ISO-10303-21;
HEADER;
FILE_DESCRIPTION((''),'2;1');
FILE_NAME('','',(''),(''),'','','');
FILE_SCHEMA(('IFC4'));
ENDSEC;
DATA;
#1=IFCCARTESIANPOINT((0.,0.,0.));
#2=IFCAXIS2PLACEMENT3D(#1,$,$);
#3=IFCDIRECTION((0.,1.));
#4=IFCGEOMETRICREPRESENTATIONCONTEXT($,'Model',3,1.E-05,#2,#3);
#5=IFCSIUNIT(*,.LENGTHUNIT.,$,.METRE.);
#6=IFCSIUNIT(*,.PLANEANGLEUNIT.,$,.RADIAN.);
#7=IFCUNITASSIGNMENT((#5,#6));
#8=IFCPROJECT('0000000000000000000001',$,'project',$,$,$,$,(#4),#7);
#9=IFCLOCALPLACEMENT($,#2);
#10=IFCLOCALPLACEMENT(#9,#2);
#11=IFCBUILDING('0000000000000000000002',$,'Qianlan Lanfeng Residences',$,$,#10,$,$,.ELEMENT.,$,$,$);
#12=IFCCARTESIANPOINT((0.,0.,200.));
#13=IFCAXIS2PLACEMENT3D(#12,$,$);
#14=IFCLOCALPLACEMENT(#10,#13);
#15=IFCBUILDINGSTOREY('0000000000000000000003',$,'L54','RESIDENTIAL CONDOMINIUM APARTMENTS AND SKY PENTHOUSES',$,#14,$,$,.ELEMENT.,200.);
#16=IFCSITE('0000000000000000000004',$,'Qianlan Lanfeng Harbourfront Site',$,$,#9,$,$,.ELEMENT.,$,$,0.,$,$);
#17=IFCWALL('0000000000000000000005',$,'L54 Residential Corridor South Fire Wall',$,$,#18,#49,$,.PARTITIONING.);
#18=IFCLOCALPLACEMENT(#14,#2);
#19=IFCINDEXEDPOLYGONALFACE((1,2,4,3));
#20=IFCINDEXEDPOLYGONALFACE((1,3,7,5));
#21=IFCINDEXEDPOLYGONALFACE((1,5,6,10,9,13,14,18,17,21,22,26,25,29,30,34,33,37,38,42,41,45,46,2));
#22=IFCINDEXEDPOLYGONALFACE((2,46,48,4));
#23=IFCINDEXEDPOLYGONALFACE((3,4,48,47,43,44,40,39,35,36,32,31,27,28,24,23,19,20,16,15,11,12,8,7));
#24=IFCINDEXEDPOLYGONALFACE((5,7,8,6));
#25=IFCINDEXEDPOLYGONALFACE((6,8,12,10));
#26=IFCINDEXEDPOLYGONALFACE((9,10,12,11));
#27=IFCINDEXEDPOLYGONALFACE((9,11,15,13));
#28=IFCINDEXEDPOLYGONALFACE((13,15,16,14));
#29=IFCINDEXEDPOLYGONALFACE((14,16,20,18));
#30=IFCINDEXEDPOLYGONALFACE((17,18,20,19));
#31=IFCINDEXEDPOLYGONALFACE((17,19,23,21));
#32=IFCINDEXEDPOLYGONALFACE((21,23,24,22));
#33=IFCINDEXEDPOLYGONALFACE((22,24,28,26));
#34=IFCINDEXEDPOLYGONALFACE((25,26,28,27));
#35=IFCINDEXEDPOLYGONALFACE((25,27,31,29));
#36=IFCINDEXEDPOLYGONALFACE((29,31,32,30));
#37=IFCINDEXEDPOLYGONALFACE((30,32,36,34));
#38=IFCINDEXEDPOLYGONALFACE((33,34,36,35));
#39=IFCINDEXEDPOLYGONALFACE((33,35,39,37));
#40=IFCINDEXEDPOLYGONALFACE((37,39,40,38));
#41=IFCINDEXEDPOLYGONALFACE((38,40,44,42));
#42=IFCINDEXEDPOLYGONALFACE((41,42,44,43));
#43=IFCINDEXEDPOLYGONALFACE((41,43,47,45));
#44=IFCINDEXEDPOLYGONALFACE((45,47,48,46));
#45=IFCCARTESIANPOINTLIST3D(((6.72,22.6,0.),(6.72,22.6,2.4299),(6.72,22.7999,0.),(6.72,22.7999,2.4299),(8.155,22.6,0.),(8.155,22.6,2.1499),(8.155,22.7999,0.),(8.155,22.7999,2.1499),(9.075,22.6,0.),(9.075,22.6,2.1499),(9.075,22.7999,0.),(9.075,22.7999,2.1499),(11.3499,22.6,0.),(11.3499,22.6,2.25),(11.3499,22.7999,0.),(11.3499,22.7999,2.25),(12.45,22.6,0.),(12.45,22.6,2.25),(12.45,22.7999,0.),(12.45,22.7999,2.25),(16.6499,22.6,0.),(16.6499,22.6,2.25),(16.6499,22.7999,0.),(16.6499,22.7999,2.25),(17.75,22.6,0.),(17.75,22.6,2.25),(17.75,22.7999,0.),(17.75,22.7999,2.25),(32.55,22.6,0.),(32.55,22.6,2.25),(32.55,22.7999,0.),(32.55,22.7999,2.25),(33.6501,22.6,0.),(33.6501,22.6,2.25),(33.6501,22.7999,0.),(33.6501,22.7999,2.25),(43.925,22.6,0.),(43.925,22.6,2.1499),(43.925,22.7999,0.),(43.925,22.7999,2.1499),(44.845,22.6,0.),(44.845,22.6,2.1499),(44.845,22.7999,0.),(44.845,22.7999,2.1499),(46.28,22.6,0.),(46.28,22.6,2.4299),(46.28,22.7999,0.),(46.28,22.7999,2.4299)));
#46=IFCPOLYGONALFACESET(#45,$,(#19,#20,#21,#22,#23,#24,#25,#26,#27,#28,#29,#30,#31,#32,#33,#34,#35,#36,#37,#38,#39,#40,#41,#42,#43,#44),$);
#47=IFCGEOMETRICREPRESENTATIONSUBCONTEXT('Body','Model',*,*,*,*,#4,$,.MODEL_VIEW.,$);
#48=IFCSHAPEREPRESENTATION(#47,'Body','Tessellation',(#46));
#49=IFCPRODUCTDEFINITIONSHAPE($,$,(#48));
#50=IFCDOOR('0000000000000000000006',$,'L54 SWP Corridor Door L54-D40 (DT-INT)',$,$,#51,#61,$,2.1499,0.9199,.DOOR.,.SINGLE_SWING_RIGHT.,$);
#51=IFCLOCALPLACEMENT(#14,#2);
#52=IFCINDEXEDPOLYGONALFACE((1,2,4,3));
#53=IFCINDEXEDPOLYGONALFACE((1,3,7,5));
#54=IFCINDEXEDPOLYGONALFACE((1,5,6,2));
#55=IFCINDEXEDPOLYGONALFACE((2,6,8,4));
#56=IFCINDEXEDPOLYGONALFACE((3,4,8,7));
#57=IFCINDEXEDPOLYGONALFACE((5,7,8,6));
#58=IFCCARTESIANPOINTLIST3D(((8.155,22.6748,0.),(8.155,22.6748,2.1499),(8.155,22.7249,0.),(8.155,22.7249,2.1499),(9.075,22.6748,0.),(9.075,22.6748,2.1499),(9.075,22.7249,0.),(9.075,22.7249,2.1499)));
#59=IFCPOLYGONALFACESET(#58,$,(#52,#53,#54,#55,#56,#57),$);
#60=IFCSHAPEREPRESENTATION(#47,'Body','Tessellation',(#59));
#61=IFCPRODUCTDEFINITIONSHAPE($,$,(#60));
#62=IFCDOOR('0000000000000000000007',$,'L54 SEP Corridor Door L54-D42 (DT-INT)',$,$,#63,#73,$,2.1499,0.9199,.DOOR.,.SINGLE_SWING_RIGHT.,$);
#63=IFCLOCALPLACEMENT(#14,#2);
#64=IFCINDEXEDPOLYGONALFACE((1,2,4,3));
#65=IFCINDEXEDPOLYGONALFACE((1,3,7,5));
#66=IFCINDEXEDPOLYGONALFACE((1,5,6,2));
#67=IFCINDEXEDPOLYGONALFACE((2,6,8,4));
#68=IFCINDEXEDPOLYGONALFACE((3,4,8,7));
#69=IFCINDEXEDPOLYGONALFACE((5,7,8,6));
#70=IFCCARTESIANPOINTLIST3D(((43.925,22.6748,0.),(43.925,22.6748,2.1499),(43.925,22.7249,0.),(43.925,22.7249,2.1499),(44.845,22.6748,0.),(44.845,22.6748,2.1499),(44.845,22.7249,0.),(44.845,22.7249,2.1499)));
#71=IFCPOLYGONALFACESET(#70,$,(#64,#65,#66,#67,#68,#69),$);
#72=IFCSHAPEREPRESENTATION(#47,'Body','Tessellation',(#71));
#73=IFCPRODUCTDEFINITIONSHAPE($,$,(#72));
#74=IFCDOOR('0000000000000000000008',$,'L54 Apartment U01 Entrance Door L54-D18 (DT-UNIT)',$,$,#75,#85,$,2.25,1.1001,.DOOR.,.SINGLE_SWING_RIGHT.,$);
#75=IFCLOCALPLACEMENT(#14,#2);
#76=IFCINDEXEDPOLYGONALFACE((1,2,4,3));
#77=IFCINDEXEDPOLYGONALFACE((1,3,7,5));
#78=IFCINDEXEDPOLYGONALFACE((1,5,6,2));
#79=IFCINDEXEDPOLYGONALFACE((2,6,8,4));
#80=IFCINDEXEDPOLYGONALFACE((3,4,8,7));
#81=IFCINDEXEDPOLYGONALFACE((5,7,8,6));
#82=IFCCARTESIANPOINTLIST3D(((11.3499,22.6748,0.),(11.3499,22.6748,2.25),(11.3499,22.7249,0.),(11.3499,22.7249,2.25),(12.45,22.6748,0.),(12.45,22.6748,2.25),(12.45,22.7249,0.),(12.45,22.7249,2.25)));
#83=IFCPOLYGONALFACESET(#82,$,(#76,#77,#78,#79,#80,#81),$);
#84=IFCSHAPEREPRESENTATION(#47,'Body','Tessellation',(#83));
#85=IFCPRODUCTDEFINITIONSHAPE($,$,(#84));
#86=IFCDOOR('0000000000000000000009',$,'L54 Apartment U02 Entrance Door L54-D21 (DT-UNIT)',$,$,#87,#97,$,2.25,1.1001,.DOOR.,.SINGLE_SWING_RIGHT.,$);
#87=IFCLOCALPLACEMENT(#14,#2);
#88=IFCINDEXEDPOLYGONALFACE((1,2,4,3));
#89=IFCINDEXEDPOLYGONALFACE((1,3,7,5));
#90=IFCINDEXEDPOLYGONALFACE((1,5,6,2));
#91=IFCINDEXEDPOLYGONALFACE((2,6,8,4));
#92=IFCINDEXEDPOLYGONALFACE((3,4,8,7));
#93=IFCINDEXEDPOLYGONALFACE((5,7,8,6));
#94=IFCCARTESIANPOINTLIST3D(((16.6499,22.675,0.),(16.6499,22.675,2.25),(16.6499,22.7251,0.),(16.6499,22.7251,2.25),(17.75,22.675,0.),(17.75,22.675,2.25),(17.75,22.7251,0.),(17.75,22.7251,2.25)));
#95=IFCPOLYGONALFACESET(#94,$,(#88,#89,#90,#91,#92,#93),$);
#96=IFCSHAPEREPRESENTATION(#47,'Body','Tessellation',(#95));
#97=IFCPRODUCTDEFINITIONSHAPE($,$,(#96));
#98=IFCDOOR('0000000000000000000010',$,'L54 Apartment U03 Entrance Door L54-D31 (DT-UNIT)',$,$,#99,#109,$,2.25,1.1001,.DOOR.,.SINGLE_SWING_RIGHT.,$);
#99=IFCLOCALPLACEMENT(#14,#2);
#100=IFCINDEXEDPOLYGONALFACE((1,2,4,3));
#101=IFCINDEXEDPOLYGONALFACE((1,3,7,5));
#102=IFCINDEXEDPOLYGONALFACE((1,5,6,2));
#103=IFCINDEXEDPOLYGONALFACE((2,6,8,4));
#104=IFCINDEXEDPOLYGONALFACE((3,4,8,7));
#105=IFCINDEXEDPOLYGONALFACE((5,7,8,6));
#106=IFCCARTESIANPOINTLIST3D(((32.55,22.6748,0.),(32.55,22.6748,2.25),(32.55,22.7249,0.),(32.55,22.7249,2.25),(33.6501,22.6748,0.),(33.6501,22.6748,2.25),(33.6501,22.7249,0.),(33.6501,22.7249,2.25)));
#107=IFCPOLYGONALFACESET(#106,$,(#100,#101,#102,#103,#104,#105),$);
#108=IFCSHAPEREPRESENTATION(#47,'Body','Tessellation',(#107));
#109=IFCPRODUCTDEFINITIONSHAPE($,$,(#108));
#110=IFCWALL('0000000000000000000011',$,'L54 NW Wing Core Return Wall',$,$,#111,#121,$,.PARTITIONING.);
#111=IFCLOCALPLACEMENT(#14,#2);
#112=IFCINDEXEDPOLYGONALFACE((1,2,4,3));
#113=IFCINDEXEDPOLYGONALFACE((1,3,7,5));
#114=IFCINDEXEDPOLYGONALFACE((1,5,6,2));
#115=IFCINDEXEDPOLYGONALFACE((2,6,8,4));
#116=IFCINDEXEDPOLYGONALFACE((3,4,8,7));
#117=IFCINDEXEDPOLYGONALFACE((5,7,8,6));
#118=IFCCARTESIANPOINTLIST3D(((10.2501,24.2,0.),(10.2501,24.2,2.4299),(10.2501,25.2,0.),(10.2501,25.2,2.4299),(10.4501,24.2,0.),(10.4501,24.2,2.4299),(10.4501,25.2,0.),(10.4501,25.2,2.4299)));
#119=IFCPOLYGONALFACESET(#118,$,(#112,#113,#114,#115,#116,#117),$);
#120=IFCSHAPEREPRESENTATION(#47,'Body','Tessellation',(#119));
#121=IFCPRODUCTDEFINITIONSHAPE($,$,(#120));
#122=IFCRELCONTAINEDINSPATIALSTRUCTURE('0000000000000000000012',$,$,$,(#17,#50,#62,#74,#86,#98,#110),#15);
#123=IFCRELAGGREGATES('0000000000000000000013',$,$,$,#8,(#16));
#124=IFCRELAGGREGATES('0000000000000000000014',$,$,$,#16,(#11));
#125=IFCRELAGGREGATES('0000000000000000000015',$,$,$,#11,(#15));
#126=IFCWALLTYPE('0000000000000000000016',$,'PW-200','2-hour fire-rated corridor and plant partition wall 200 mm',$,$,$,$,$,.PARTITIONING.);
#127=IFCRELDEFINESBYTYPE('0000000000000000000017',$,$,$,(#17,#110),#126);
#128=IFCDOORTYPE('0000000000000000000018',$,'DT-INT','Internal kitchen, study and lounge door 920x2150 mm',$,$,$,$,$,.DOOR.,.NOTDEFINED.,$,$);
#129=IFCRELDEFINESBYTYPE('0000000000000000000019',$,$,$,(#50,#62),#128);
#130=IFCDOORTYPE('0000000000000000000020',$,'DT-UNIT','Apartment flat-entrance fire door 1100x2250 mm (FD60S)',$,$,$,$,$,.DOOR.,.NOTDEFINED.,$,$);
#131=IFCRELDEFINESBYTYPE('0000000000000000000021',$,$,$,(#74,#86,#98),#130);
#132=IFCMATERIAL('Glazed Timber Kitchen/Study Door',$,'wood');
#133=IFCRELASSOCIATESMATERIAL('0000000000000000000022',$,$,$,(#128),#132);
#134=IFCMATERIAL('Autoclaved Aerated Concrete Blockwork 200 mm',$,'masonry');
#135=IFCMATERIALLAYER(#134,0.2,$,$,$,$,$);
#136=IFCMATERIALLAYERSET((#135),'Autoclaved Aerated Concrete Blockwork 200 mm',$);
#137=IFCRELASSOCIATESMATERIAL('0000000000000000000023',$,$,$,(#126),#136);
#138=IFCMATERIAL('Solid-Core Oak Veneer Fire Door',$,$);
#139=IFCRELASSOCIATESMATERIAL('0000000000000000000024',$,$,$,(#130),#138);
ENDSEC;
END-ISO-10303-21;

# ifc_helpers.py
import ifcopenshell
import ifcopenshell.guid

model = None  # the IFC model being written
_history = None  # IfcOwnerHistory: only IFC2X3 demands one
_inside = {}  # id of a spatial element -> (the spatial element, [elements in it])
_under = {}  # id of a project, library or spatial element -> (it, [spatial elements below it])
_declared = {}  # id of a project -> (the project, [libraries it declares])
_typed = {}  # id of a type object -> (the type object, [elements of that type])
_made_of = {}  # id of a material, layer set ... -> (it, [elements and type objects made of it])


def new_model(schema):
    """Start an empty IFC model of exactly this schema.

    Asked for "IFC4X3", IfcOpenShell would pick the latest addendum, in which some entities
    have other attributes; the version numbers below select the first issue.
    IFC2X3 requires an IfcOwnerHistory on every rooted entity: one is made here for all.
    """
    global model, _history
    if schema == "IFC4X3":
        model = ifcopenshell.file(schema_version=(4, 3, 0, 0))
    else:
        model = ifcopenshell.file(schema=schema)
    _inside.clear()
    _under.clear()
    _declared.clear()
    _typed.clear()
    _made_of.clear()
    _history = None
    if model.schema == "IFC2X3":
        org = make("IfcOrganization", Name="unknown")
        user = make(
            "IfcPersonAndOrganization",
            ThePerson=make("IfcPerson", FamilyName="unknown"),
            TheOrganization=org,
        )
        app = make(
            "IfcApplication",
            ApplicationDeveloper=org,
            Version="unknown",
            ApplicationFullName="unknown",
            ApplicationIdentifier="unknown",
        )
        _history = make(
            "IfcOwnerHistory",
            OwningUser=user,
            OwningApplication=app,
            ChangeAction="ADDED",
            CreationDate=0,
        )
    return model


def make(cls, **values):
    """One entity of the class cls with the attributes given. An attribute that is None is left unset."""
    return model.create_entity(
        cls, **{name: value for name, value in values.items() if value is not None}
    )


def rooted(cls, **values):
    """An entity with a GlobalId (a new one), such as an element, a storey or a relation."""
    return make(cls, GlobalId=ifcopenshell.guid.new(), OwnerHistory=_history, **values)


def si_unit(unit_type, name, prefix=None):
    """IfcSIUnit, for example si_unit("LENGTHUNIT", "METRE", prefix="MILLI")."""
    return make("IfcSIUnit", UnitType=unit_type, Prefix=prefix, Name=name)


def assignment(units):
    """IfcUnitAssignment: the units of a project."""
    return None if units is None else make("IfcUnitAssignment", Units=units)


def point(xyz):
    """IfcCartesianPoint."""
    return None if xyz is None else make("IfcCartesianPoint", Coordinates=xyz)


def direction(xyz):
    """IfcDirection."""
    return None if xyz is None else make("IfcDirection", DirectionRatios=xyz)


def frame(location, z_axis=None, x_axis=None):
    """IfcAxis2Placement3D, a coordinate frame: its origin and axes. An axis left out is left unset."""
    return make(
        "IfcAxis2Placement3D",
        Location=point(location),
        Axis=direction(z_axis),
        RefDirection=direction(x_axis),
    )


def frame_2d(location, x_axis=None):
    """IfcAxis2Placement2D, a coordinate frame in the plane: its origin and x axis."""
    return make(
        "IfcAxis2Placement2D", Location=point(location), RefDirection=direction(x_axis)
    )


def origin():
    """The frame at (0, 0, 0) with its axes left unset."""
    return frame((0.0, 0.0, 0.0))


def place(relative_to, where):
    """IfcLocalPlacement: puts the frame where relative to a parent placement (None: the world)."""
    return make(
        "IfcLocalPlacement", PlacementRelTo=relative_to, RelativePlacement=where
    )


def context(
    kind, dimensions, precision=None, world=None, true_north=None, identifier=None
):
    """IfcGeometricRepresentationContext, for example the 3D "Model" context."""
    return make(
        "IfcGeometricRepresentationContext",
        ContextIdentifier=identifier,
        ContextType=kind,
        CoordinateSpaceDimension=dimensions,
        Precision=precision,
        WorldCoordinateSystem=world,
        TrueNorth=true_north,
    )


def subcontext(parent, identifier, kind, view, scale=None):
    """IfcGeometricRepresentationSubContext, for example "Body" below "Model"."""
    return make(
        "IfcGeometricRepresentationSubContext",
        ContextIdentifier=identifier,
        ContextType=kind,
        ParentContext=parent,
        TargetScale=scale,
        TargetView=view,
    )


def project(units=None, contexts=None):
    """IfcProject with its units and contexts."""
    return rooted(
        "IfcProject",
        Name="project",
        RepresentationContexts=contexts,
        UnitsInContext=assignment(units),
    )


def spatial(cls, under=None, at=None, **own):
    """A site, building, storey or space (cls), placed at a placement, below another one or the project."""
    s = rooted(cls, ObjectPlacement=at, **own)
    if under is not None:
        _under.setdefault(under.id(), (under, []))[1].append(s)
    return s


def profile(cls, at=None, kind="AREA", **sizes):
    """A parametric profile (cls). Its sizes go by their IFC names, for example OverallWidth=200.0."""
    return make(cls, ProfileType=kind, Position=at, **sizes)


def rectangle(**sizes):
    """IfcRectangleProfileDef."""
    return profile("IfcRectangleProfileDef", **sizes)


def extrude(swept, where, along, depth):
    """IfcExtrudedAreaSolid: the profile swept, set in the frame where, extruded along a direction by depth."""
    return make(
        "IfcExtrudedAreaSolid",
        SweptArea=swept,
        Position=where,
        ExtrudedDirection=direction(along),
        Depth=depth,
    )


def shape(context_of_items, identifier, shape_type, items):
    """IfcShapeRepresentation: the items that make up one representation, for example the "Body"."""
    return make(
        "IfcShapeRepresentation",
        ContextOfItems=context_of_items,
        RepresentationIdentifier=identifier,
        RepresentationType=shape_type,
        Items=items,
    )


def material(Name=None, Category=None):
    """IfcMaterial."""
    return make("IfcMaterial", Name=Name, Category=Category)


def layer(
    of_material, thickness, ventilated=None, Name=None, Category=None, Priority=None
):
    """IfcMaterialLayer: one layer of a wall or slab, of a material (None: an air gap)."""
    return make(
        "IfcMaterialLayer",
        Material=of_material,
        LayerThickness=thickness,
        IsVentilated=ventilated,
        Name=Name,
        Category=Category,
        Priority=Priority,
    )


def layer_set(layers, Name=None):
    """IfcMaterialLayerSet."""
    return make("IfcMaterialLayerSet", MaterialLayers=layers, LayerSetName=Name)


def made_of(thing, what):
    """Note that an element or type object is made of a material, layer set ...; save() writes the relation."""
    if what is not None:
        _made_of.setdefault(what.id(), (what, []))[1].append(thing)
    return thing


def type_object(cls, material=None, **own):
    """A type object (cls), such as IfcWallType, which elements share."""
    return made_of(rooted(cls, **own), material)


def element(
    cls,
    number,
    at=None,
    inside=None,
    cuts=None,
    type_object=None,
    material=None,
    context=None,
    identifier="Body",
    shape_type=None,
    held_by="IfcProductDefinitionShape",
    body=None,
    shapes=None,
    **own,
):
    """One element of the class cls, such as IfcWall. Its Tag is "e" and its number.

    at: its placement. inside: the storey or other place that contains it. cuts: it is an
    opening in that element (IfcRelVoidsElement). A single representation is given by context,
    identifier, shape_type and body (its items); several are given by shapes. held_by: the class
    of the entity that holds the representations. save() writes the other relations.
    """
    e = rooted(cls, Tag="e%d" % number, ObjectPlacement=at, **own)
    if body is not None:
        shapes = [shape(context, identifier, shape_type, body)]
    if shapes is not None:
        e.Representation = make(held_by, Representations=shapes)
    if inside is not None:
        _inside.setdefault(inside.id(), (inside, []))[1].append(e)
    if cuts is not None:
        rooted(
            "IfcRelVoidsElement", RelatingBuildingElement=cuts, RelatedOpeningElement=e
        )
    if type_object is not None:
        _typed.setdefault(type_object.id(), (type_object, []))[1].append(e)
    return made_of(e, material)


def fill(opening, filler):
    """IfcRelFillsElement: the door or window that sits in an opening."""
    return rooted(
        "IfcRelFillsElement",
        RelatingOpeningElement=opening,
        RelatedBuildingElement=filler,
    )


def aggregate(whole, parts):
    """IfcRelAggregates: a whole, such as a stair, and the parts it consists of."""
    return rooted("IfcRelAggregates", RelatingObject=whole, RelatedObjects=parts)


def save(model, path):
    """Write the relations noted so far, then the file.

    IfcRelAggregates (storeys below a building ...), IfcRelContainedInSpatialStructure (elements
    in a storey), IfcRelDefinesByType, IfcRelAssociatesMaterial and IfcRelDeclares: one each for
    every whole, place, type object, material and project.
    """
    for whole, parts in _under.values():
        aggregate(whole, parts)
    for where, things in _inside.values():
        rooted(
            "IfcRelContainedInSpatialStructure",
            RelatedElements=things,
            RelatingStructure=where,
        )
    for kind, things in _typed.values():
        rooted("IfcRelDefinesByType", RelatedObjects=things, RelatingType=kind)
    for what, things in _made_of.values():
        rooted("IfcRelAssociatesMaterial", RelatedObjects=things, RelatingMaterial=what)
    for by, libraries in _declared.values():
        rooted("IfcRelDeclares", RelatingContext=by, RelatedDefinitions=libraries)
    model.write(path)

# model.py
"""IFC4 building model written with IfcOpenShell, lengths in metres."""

from ifc_helpers import new_model, si_unit, direction, frame, frame_2d, origin, place, context, subcontext, project, spatial, rectangle, extrude, material, layer, layer_set, type_object, element, fill, save


model = new_model("IFC4")

# Units and contexts
model_context = context("Model", 3, precision=1e-05, world=origin(), true_north=direction((0.0, 1.0)))
body_context = subcontext(model_context, "Body", "Model", "MODEL_VIEW")
ifc_project = project(units=[si_unit("LENGTHUNIT", "METRE"), si_unit("PLANEANGLEUNIT", "RADIAN")], contexts=[model_context])

# Site, building, storey
site_placement = place(None, origin())
site = spatial("IfcSite", under=ifc_project, at=site_placement, Name="Qianlan Lanfeng Harbourfront Site", CompositionType="ELEMENT", RefElevation=0.0)
building_placement = place(site_placement, origin())
building = spatial("IfcBuilding", under=site, at=building_placement, Name="Qianlan Lanfeng Residences", CompositionType="ELEMENT")
storey_placement = place(building_placement, frame((0.0, 0.0, 200.0)))
storey = spatial("IfcBuildingStorey", under=building, at=storey_placement, Name="L54", Description="RESIDENTIAL CONDOMINIUM APARTMENTS AND SKY PENTHOUSES", CompositionType="ELEMENT", Elevation=200.0)

# Shared definitions
ifc_material_1 = material(Name="Glazed Timber Kitchen/Study Door", Category="wood")
door_type_1 = type_object("IfcDoorType", Name="DT-INT", Description="Internal kitchen, study and lounge door 920x2150 mm", OperationType="NOTDEFINED", PredefinedType="DOOR", material=ifc_material_1)

# Wall, openings, doors
ifc_material_2 = material(Name="Autoclaved Aerated Concrete Blockwork 200 mm", Category="masonry")
ifc_layer_1 = layer(ifc_material_2, 0.2)
ifc_layer_set_1 = layer_set([ifc_layer_1], Name="Autoclaved Aerated Concrete Blockwork 200 mm")
wall_type_1 = type_object("IfcWallType", Name="PW-200", Description="2-hour fire-rated corridor and plant partition wall 200 mm", PredefinedType="PARTITIONING", material=ifc_layer_set_1)
wall_1_placement = place(storey_placement, frame((6.72, 22.7, 0.0), z_axis=(0.0, 0.0, 1.0), x_axis=(1.0, 0.0, 0.0)))
wall_1 = element("IfcWall", 1, at=wall_1_placement, inside=storey, type_object=wall_type_1, Name="L54 Residential Corridor South Fire Wall", PredefinedType="PARTITIONING", context=body_context, shape_type="SweptSolid", body=[
    extrude(rectangle(XDim=39.5601, YDim=0.2, at=frame_2d((19.78, 0.0))), origin(), (0.0, 0.0, 1.0), 2.4299),
])
opening_1_placement = place(wall_1_placement, frame((4.6299, 0.0, 0.0)))
opening_1 = element("IfcOpeningElement", 2, at=opening_1_placement, cuts=wall_1, PredefinedType="OPENING", context=body_context, shape_type="SweptSolid", body=[
    extrude(rectangle(XDim=1.1001, YDim=2.25, at=frame_2d((0.55, 1.125))), frame((0.0, 0.1099, 0.0), z_axis=(0.0, -1.0, 0.0), x_axis=(1.0, 0.0, 0.0)), (0.0, 0.0, 1.0), 0.22),
])
opening_2_placement = place(wall_1_placement, frame((9.9299, 0.0, 0.0)))
opening_2 = element("IfcOpeningElement", 3, at=opening_2_placement, cuts=wall_1, PredefinedType="OPENING", context=body_context, shape_type="SweptSolid", body=[
    extrude(rectangle(XDim=1.1001, YDim=2.25, at=frame_2d((0.55, 1.125))), frame((0.0, 0.1099, 0.0), z_axis=(0.0, -1.0, 0.0), x_axis=(1.0, 0.0, 0.0)), (0.0, 0.0, 1.0), 0.22),
])
opening_3_placement = place(wall_1_placement, frame((25.8301, 0.0, 0.0)))
opening_3 = element("IfcOpeningElement", 4, at=opening_3_placement, cuts=wall_1, PredefinedType="OPENING", context=body_context, shape_type="SweptSolid", body=[
    extrude(rectangle(XDim=1.1001, YDim=2.25, at=frame_2d((0.55, 1.125))), frame((0.0, 0.1099, 0.0), z_axis=(0.0, -1.0, 0.0), x_axis=(1.0, 0.0, 0.0)), (0.0, 0.0, 1.0), 0.22),
])
opening_4_placement = place(wall_1_placement, frame((1.4351, 0.0, 0.0)))
opening_4 = element("IfcOpeningElement", 5, at=opening_4_placement, cuts=wall_1, PredefinedType="OPENING", context=body_context, shape_type="SweptSolid", body=[
    extrude(rectangle(XDim=0.9199, YDim=2.1499, at=frame_2d((0.46, 1.075))), frame((0.0, 0.1099, 0.0), z_axis=(0.0, -1.0, 0.0), x_axis=(1.0, 0.0, 0.0)), (0.0, 0.0, 1.0), 0.22),
])
opening_5_placement = place(wall_1_placement, frame((37.2051, 0.0, 0.0)))
opening_5 = element("IfcOpeningElement", 6, at=opening_5_placement, cuts=wall_1, PredefinedType="OPENING", context=body_context, shape_type="SweptSolid", body=[
    extrude(rectangle(XDim=0.9199, YDim=2.1499, at=frame_2d((0.46, 1.075))), frame((0.0, 0.1099, 0.0), z_axis=(0.0, -1.0, 0.0), x_axis=(1.0, 0.0, 0.0)), (0.0, 0.0, 1.0), 0.22),
])
door_1_placement = place(opening_4_placement, origin())
door_1 = element("IfcDoor", 7, at=door_1_placement, inside=storey, type_object=door_type_1, Name="L54 SWP Corridor Door L54-D40 (DT-INT)", OperationType="SINGLE_SWING_RIGHT", OverallHeight=2.1499, OverallWidth=0.9199, PredefinedType="DOOR", context=body_context, shape_type="SweptSolid", body=[
    extrude(rectangle(XDim=0.9199, YDim=2.1499, at=frame_2d((0.46, 1.075))), frame((0.0, 0.0249, 0.0), z_axis=(0.0, -1.0, 0.0), x_axis=(1.0, 0.0, 0.0)), (0.0, 0.0, 1.0), 0.05),
])
fill(opening_4, door_1)
door_2_placement = place(opening_5_placement, origin())
door_2 = element("IfcDoor", 8, at=door_2_placement, inside=storey, type_object=door_type_1, Name="L54 SEP Corridor Door L54-D42 (DT-INT)", OperationType="SINGLE_SWING_RIGHT", OverallHeight=2.1499, OverallWidth=0.9199, PredefinedType="DOOR", context=body_context, shape_type="SweptSolid", body=[
    extrude(rectangle(XDim=0.9199, YDim=2.1499, at=frame_2d((0.46, 1.075))), frame((0.0, 0.0249, 0.0), z_axis=(0.0, -1.0, 0.0), x_axis=(1.0, 0.0, 0.0)), (0.0, 0.0, 1.0), 0.05),
])
fill(opening_5, door_2)
ifc_material_3 = material(Name="Solid-Core Oak Veneer Fire Door")
door_type_2 = type_object("IfcDoorType", Name="DT-UNIT", Description="Apartment flat-entrance fire door 1100x2250 mm (FD60S)", OperationType="NOTDEFINED", PredefinedType="DOOR", material=ifc_material_3)
door_3_placement = place(opening_1_placement, origin())
door_3 = element("IfcDoor", 9, at=door_3_placement, inside=storey, type_object=door_type_2, Name="L54 Apartment U01 Entrance Door L54-D18 (DT-UNIT)", OperationType="SINGLE_SWING_RIGHT", OverallHeight=2.25, OverallWidth=1.1001, PredefinedType="DOOR", context=body_context, shape_type="SweptSolid", body=[
    extrude(rectangle(XDim=1.1001, YDim=2.25, at=frame_2d((0.55, 1.125))), frame((0.0, 0.0249, 0.0), z_axis=(0.0, -1.0, 0.0), x_axis=(1.0, 0.0, 0.0)), (0.0, 0.0, 1.0), 0.05),
])
fill(opening_1, door_3)
door_4_placement = place(opening_2_placement, frame((1.1001, 0.0, 0.0), z_axis=(0.0, 0.0, 1.0), x_axis=(-1.0, 0.0, 0.0)))
door_4 = element("IfcDoor", 10, at=door_4_placement, inside=storey, type_object=door_type_2, Name="L54 Apartment U02 Entrance Door L54-D21 (DT-UNIT)", OperationType="SINGLE_SWING_RIGHT", OverallHeight=2.25, OverallWidth=1.1001, PredefinedType="DOOR", context=body_context, shape_type="SweptSolid", body=[
    extrude(rectangle(XDim=1.1001, YDim=2.25, at=frame_2d((0.55, 1.125))), frame((0.0, 0.0249, 0.0), z_axis=(0.0, -1.0, 0.0), x_axis=(1.0, 0.0, 0.0)), (0.0, 0.0, 1.0), 0.05),
])
fill(opening_2, door_4)
door_5_placement = place(opening_3_placement, origin())
door_5 = element("IfcDoor", 11, at=door_5_placement, inside=storey, type_object=door_type_2, Name="L54 Apartment U03 Entrance Door L54-D31 (DT-UNIT)", OperationType="SINGLE_SWING_RIGHT", OverallHeight=2.25, OverallWidth=1.1001, PredefinedType="DOOR", context=body_context, shape_type="SweptSolid", body=[
    extrude(rectangle(XDim=1.1001, YDim=2.25, at=frame_2d((0.55, 1.125))), frame((0.0, 0.0249, 0.0), z_axis=(0.0, -1.0, 0.0), x_axis=(1.0, 0.0, 0.0)), (0.0, 0.0, 1.0), 0.05),
])
fill(opening_3, door_5)

# Wall
wall_2_placement = place(storey_placement, frame((10.3501, 24.2, 0.0), z_axis=(0.0, 0.0, 1.0), x_axis=(0.0, 1.0, 0.0)))
element("IfcWall", 12, at=wall_2_placement, inside=storey, type_object=wall_type_1, Name="L54 NW Wing Core Return Wall", PredefinedType="PARTITIONING", context=body_context, shape_type="SweptSolid", body=[
    extrude(rectangle(XDim=1.0, YDim=0.2, at=frame_2d((0.5, 0.0))), origin(), (0.0, 0.0, 1.0), 2.4299),
])

save(model, "model.ifc")
